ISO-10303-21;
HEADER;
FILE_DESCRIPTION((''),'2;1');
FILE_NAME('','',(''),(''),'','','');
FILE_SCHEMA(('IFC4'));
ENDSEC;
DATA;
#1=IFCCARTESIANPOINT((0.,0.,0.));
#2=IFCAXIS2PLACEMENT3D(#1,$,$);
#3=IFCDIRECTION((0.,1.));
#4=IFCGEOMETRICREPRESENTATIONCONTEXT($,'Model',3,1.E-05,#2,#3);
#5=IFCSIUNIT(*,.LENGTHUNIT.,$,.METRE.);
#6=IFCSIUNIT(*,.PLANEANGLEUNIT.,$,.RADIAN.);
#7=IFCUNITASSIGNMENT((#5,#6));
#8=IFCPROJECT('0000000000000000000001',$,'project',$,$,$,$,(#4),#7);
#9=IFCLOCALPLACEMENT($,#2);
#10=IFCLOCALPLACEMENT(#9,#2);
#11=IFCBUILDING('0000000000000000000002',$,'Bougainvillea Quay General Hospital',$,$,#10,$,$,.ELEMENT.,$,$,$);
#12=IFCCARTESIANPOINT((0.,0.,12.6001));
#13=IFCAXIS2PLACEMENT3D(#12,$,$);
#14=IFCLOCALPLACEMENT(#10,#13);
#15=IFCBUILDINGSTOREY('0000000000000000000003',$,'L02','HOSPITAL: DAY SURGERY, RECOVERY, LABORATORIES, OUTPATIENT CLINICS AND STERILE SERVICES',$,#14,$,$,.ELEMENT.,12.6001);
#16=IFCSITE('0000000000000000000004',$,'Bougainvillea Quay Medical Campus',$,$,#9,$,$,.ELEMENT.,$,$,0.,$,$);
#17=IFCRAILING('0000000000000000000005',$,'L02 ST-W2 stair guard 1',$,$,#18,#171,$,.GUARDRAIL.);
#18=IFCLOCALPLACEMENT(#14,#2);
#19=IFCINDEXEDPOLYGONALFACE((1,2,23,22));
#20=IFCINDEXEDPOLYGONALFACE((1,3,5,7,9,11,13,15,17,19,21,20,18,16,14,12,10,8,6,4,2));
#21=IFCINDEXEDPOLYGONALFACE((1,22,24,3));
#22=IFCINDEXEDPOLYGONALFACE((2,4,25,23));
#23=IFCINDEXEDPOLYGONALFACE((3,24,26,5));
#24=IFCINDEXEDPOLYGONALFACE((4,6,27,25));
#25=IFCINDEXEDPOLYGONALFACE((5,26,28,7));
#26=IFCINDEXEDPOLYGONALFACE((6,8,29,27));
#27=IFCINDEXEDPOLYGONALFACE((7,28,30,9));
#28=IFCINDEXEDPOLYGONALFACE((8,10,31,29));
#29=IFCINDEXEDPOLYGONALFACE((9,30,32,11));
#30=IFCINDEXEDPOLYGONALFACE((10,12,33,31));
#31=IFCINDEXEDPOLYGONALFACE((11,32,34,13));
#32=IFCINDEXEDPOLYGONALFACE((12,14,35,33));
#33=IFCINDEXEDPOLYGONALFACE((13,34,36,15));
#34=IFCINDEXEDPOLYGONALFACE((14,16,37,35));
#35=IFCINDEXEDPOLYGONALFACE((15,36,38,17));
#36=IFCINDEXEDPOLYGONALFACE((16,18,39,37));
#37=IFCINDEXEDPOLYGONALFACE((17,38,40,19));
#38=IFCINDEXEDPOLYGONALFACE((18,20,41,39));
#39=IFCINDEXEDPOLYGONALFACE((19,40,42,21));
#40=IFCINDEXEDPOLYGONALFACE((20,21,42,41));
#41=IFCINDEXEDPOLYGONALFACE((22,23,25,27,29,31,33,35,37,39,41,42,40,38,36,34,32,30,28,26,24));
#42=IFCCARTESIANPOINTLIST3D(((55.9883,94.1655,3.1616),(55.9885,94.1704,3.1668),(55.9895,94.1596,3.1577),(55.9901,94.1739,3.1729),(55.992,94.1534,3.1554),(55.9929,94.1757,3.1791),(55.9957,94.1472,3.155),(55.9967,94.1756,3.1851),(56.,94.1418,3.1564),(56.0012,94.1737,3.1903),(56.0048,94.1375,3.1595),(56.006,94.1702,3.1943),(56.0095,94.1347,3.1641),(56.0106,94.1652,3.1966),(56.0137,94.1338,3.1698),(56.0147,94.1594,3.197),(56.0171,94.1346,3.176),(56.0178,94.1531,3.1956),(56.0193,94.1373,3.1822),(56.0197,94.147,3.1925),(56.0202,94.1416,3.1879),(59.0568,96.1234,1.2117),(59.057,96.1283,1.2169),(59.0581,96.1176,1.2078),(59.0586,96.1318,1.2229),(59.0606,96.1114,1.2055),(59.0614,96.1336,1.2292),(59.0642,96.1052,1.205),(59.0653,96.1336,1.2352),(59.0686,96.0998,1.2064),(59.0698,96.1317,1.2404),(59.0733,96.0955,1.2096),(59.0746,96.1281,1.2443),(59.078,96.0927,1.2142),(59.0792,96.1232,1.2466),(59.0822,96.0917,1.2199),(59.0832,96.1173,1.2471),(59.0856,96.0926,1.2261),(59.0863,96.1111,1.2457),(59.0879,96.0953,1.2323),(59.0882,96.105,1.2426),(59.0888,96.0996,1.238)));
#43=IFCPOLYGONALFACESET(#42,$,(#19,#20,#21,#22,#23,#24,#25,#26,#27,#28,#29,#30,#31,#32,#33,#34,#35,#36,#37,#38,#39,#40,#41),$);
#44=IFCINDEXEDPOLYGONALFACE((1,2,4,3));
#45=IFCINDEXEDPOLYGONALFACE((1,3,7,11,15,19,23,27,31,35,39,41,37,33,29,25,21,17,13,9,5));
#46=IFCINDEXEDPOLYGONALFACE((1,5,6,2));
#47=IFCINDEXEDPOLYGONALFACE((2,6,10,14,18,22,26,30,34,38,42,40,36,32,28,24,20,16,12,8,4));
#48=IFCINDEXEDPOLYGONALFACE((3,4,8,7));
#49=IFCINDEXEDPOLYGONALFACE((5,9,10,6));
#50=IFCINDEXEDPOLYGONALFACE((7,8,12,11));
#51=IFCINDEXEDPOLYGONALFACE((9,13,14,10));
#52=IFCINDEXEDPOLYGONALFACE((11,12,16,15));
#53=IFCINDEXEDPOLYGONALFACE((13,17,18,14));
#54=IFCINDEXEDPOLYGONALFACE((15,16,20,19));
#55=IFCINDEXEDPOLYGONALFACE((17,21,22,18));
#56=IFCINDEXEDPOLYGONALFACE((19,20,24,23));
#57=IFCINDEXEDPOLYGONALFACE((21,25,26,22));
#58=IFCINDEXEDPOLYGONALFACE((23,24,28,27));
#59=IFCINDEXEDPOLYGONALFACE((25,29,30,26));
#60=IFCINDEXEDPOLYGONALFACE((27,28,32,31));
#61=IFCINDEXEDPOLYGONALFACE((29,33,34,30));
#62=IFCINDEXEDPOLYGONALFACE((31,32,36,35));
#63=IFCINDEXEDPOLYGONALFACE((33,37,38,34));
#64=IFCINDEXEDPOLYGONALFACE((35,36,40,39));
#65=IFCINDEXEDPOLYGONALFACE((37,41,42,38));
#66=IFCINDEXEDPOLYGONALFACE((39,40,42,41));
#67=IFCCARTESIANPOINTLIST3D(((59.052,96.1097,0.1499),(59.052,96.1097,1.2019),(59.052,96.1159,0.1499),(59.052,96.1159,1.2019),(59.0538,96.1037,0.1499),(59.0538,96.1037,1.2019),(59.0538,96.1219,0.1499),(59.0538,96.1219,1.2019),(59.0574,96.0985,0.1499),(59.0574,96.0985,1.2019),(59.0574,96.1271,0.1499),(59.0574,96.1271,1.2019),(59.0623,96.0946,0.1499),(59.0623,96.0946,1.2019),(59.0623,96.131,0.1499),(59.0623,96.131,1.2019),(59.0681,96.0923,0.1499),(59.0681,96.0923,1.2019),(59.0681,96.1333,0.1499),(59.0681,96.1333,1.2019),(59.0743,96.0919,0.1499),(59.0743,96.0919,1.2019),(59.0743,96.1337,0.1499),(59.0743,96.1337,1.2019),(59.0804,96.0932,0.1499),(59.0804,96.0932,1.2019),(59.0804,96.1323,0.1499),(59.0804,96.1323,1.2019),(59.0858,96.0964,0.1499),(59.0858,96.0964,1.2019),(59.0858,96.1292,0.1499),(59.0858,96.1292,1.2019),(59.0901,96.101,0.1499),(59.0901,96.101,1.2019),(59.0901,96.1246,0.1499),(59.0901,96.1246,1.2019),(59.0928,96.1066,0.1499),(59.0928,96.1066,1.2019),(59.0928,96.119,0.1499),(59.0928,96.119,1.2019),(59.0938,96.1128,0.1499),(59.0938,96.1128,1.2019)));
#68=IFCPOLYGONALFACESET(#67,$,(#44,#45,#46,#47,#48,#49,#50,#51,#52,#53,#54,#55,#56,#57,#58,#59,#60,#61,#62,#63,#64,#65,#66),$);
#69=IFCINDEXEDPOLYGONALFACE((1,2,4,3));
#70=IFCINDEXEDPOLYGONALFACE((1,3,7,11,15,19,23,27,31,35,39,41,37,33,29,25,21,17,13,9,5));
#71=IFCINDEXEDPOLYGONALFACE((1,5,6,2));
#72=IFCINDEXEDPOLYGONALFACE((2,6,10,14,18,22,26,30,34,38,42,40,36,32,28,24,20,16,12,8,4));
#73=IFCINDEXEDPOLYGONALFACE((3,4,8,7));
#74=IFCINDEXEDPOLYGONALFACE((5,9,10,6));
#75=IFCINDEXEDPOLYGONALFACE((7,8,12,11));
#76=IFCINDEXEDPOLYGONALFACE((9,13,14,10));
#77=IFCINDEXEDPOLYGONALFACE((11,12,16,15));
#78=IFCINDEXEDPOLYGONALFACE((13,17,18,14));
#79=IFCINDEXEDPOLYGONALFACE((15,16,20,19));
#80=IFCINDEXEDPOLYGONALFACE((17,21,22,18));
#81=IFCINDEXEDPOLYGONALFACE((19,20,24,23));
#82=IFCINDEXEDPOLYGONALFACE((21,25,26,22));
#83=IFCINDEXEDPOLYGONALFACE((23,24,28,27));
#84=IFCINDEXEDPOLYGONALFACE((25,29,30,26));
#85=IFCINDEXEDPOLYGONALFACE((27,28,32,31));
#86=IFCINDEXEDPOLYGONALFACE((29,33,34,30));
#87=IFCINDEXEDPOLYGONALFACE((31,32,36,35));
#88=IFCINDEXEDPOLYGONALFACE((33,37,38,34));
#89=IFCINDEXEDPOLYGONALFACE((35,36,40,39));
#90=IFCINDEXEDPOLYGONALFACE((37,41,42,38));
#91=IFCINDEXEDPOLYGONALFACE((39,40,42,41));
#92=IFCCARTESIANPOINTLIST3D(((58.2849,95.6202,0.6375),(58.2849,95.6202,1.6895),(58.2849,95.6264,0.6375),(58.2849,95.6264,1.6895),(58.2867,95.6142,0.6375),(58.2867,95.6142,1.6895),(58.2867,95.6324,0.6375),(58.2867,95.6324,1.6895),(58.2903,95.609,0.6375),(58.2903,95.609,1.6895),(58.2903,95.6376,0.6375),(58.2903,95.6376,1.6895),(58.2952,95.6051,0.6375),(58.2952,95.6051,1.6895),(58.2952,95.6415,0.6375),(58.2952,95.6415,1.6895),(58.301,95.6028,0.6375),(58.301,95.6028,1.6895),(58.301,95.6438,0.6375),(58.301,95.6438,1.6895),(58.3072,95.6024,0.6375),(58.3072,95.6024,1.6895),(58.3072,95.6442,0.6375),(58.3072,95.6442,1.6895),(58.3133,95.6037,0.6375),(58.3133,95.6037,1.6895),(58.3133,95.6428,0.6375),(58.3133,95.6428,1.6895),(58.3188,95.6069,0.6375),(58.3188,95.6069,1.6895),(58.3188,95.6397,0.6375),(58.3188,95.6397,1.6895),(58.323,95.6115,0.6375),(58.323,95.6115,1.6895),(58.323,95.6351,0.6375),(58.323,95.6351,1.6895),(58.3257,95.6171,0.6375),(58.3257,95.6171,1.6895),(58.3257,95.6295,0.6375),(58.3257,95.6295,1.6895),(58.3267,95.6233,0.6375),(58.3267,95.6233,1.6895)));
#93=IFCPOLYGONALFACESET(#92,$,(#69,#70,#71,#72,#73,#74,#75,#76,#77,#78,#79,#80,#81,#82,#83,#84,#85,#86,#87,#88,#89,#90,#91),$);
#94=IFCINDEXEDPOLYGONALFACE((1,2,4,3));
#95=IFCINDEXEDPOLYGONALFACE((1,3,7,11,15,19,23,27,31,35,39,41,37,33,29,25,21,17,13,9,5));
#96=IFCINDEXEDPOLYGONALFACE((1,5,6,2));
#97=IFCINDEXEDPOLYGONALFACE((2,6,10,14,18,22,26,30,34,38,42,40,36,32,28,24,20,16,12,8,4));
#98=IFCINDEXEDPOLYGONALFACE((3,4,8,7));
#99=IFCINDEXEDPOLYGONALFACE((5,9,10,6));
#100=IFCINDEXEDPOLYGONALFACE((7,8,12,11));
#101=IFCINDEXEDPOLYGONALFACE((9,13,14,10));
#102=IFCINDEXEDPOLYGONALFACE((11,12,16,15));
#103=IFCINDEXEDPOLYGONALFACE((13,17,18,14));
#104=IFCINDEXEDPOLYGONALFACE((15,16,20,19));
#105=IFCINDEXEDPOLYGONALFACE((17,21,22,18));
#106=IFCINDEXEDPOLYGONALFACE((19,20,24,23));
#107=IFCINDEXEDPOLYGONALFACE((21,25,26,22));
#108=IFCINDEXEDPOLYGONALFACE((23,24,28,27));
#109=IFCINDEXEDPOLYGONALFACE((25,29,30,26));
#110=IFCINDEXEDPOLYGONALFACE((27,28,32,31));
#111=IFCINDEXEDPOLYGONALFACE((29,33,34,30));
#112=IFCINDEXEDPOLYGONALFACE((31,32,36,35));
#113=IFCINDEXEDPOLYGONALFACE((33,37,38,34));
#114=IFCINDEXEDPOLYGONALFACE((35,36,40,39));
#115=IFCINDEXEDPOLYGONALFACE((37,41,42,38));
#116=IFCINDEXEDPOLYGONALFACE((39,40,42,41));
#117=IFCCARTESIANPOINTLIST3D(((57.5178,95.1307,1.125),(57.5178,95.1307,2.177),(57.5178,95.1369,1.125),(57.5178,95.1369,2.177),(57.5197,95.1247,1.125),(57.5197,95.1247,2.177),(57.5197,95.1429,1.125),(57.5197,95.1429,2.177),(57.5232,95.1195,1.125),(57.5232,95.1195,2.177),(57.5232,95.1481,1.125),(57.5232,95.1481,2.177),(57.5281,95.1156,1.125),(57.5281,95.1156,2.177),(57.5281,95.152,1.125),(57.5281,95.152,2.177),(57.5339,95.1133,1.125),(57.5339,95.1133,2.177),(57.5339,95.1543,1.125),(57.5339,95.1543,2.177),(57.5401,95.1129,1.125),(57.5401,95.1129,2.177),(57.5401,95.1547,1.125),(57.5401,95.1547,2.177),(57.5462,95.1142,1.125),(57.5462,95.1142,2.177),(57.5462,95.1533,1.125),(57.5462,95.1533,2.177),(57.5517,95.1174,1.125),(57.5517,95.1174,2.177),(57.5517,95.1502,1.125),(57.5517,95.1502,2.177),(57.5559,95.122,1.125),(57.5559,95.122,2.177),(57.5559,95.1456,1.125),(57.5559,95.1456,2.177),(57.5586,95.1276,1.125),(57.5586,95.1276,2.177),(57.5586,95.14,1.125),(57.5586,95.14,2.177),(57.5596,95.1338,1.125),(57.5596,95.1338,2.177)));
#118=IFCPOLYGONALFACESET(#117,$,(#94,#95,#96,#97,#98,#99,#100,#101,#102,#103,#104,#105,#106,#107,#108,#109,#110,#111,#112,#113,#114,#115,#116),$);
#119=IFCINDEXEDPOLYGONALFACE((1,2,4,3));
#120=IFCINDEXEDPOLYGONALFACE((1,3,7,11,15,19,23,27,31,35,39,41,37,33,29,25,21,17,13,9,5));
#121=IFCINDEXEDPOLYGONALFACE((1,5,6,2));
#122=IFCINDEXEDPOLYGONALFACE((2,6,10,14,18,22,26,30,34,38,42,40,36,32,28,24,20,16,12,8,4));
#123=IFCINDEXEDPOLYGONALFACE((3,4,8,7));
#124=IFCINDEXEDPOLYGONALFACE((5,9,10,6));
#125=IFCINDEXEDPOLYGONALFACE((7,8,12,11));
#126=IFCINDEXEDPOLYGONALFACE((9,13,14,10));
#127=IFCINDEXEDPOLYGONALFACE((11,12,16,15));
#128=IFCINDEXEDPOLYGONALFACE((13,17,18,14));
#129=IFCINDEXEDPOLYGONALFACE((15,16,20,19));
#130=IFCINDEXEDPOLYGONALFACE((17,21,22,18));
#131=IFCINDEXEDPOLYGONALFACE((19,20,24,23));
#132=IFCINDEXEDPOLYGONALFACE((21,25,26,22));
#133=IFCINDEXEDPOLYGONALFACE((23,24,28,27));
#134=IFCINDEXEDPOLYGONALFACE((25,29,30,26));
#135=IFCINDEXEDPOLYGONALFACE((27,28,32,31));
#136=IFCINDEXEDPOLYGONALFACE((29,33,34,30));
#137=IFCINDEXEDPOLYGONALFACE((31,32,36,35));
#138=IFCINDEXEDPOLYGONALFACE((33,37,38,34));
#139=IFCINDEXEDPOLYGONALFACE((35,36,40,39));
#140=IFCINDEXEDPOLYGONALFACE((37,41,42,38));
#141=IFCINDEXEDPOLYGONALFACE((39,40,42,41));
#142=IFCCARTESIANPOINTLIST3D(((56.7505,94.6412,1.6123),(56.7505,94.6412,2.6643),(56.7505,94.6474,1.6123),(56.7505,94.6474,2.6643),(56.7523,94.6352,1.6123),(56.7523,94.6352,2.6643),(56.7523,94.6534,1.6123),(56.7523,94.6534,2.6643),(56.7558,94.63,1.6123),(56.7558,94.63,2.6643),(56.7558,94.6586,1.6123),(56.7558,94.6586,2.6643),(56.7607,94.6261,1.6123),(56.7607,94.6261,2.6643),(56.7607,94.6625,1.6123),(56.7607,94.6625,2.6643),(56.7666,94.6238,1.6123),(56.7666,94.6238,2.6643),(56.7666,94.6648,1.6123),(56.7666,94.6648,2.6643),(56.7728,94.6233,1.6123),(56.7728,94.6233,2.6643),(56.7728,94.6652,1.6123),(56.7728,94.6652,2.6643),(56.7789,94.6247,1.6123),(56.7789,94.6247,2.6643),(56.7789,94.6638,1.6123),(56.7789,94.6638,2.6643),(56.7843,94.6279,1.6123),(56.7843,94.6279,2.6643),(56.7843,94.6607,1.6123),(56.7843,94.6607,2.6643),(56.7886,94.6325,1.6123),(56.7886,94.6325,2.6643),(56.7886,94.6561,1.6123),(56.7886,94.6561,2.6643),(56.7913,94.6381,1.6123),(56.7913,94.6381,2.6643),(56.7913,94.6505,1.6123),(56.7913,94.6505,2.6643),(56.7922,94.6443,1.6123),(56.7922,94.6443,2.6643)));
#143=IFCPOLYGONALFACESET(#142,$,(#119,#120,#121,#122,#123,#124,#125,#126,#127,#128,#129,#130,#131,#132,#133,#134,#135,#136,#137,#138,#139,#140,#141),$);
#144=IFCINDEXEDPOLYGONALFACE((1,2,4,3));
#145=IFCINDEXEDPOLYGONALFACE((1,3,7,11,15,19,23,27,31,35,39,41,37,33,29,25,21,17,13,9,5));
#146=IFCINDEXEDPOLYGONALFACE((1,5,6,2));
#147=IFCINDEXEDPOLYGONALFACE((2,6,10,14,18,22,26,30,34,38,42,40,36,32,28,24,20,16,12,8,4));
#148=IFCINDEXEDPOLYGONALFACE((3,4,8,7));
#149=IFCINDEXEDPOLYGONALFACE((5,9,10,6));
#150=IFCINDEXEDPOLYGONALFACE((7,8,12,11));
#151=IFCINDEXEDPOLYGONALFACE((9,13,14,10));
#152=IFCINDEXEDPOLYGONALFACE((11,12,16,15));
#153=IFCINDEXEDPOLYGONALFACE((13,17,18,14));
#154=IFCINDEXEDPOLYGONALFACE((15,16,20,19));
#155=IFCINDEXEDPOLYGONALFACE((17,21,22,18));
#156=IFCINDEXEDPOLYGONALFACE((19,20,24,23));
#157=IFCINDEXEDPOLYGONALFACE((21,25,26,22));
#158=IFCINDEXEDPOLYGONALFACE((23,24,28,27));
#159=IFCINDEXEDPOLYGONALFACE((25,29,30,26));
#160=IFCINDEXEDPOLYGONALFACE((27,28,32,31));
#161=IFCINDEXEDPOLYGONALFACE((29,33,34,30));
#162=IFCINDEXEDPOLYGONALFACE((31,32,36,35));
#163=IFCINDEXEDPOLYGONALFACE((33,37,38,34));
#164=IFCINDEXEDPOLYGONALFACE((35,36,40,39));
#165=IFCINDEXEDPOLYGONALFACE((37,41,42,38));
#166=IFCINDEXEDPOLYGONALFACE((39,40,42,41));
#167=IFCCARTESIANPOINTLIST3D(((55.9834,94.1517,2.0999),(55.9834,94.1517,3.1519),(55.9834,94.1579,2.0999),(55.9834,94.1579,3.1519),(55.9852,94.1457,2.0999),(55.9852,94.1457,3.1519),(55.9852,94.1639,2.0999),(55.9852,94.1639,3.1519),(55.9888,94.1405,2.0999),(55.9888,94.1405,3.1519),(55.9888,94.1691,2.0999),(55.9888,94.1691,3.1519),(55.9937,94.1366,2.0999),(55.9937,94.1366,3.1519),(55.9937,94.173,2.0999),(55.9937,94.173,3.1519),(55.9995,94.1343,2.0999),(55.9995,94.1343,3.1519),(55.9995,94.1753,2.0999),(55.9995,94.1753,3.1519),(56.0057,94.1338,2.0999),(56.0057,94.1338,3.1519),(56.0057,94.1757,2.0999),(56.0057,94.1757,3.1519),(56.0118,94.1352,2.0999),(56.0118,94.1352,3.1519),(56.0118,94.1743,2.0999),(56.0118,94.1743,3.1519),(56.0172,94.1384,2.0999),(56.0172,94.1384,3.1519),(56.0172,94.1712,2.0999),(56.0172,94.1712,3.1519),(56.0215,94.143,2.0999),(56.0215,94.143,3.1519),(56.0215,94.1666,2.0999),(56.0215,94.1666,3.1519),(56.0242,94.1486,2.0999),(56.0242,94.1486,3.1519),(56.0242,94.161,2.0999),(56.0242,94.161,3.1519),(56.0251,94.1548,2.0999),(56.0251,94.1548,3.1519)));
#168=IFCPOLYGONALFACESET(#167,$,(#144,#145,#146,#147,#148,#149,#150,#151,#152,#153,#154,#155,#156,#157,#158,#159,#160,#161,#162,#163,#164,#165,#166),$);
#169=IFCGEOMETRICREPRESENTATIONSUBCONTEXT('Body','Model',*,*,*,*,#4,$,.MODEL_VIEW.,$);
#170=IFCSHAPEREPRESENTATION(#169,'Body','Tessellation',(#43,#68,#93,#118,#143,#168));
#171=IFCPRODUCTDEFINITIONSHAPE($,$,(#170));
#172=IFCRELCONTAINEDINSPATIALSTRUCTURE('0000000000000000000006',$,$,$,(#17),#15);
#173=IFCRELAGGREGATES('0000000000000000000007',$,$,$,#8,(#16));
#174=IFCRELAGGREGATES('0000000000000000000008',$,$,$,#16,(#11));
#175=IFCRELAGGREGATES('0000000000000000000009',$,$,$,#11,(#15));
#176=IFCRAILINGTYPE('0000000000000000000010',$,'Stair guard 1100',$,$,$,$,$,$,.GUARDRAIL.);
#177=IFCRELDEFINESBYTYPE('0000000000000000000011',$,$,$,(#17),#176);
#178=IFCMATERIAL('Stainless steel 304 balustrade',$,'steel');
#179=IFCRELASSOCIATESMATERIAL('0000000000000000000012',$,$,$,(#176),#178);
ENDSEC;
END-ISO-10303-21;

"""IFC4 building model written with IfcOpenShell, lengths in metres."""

from ifc_helpers import new_model, si_unit, direction, frame, origin, origin_2d, place, context, subcontext, project, spatial, circle, extrude, material, type_object, element, save


model = new_model("IFC4")

# Units and contexts
model_context = context("Model", 3, precision=1e-05, world=origin(), true_north=direction((0.0, 1.0)))
body_context = subcontext(model_context, "Body", "Model", "MODEL_VIEW")
ifc_project = project(units=[si_unit("LENGTHUNIT", "METRE"), si_unit("PLANEANGLEUNIT", "RADIAN")], contexts=[model_context])

# Site, building, storey
site_placement = place(None, origin())
site = spatial("IfcSite", under=ifc_project, at=site_placement, Name="Bougainvillea Quay Medical Campus", CompositionType="ELEMENT", RefElevation=0.0)
building_placement = place(site_placement, origin())
building = spatial("IfcBuilding", under=site, at=building_placement, Name="Bougainvillea Quay General Hospital", CompositionType="ELEMENT")
storey_placement = place(building_placement, frame((0.0, 0.0, 12.6001)))
storey = spatial("IfcBuildingStorey", under=building, at=storey_placement, Name="L02", Description="HOSPITAL: DAY SURGERY, RECOVERY, LABORATORIES, OUTPATIENT CLINICS AND STERILE SERVICES", CompositionType="ELEMENT", Elevation=12.6001)

# Railing
ifc_material_1 = material(Name="Stainless steel 304 balustrade", Category="steel")
railing_type_1 = type_object("IfcRailingType", Name="Stair guard 1100", PredefinedType="GUARDRAIL", material=ifc_material_1)
railing_1_placement = place(storey_placement, frame((59.0728, 96.1128, 0.1499)))
element("IfcRailing", 1, at=railing_1_placement, inside=storey, type_object=railing_type_1, Name="L02 ST-W2 stair guard 1", PredefinedType="GUARDRAIL", context=body_context, shape_type="SweptSolid", body=[
    extrude(circle(Radius=0.0239, at=origin_2d()), frame((0.0, 0.0, 1.0762), z_axis=(-0.743101, -0.474156, 0.472205), x_axis=(0.537904, -0.843006, 0.0)), (0.0, 0.0, 1.0), 4.1294),
    extrude(circle(Radius=0.021, at=origin_2d()), origin(), (0.0, 0.0, 1.0), 1.052),
    extrude(circle(Radius=0.021, at=origin_2d()), frame((-0.7671, -0.4895, 0.4875)), (0.0, 0.0, 1.0), 1.052),
    extrude(circle(Radius=0.021, at=origin_2d()), frame((-1.5342, -0.979, 0.9751)), (0.0, 0.0, 1.0), 1.052),
    extrude(circle(Radius=0.021, at=origin_2d()), frame((-2.3015, -1.4685, 1.4624)), (0.0, 0.0, 1.0), 1.052),
    extrude(circle(Radius=0.021, at=origin_2d()), frame((-3.0686, -1.958, 1.95)), (0.0, 0.0, 1.0), 1.052),
])

save(model, "model.ifc")
